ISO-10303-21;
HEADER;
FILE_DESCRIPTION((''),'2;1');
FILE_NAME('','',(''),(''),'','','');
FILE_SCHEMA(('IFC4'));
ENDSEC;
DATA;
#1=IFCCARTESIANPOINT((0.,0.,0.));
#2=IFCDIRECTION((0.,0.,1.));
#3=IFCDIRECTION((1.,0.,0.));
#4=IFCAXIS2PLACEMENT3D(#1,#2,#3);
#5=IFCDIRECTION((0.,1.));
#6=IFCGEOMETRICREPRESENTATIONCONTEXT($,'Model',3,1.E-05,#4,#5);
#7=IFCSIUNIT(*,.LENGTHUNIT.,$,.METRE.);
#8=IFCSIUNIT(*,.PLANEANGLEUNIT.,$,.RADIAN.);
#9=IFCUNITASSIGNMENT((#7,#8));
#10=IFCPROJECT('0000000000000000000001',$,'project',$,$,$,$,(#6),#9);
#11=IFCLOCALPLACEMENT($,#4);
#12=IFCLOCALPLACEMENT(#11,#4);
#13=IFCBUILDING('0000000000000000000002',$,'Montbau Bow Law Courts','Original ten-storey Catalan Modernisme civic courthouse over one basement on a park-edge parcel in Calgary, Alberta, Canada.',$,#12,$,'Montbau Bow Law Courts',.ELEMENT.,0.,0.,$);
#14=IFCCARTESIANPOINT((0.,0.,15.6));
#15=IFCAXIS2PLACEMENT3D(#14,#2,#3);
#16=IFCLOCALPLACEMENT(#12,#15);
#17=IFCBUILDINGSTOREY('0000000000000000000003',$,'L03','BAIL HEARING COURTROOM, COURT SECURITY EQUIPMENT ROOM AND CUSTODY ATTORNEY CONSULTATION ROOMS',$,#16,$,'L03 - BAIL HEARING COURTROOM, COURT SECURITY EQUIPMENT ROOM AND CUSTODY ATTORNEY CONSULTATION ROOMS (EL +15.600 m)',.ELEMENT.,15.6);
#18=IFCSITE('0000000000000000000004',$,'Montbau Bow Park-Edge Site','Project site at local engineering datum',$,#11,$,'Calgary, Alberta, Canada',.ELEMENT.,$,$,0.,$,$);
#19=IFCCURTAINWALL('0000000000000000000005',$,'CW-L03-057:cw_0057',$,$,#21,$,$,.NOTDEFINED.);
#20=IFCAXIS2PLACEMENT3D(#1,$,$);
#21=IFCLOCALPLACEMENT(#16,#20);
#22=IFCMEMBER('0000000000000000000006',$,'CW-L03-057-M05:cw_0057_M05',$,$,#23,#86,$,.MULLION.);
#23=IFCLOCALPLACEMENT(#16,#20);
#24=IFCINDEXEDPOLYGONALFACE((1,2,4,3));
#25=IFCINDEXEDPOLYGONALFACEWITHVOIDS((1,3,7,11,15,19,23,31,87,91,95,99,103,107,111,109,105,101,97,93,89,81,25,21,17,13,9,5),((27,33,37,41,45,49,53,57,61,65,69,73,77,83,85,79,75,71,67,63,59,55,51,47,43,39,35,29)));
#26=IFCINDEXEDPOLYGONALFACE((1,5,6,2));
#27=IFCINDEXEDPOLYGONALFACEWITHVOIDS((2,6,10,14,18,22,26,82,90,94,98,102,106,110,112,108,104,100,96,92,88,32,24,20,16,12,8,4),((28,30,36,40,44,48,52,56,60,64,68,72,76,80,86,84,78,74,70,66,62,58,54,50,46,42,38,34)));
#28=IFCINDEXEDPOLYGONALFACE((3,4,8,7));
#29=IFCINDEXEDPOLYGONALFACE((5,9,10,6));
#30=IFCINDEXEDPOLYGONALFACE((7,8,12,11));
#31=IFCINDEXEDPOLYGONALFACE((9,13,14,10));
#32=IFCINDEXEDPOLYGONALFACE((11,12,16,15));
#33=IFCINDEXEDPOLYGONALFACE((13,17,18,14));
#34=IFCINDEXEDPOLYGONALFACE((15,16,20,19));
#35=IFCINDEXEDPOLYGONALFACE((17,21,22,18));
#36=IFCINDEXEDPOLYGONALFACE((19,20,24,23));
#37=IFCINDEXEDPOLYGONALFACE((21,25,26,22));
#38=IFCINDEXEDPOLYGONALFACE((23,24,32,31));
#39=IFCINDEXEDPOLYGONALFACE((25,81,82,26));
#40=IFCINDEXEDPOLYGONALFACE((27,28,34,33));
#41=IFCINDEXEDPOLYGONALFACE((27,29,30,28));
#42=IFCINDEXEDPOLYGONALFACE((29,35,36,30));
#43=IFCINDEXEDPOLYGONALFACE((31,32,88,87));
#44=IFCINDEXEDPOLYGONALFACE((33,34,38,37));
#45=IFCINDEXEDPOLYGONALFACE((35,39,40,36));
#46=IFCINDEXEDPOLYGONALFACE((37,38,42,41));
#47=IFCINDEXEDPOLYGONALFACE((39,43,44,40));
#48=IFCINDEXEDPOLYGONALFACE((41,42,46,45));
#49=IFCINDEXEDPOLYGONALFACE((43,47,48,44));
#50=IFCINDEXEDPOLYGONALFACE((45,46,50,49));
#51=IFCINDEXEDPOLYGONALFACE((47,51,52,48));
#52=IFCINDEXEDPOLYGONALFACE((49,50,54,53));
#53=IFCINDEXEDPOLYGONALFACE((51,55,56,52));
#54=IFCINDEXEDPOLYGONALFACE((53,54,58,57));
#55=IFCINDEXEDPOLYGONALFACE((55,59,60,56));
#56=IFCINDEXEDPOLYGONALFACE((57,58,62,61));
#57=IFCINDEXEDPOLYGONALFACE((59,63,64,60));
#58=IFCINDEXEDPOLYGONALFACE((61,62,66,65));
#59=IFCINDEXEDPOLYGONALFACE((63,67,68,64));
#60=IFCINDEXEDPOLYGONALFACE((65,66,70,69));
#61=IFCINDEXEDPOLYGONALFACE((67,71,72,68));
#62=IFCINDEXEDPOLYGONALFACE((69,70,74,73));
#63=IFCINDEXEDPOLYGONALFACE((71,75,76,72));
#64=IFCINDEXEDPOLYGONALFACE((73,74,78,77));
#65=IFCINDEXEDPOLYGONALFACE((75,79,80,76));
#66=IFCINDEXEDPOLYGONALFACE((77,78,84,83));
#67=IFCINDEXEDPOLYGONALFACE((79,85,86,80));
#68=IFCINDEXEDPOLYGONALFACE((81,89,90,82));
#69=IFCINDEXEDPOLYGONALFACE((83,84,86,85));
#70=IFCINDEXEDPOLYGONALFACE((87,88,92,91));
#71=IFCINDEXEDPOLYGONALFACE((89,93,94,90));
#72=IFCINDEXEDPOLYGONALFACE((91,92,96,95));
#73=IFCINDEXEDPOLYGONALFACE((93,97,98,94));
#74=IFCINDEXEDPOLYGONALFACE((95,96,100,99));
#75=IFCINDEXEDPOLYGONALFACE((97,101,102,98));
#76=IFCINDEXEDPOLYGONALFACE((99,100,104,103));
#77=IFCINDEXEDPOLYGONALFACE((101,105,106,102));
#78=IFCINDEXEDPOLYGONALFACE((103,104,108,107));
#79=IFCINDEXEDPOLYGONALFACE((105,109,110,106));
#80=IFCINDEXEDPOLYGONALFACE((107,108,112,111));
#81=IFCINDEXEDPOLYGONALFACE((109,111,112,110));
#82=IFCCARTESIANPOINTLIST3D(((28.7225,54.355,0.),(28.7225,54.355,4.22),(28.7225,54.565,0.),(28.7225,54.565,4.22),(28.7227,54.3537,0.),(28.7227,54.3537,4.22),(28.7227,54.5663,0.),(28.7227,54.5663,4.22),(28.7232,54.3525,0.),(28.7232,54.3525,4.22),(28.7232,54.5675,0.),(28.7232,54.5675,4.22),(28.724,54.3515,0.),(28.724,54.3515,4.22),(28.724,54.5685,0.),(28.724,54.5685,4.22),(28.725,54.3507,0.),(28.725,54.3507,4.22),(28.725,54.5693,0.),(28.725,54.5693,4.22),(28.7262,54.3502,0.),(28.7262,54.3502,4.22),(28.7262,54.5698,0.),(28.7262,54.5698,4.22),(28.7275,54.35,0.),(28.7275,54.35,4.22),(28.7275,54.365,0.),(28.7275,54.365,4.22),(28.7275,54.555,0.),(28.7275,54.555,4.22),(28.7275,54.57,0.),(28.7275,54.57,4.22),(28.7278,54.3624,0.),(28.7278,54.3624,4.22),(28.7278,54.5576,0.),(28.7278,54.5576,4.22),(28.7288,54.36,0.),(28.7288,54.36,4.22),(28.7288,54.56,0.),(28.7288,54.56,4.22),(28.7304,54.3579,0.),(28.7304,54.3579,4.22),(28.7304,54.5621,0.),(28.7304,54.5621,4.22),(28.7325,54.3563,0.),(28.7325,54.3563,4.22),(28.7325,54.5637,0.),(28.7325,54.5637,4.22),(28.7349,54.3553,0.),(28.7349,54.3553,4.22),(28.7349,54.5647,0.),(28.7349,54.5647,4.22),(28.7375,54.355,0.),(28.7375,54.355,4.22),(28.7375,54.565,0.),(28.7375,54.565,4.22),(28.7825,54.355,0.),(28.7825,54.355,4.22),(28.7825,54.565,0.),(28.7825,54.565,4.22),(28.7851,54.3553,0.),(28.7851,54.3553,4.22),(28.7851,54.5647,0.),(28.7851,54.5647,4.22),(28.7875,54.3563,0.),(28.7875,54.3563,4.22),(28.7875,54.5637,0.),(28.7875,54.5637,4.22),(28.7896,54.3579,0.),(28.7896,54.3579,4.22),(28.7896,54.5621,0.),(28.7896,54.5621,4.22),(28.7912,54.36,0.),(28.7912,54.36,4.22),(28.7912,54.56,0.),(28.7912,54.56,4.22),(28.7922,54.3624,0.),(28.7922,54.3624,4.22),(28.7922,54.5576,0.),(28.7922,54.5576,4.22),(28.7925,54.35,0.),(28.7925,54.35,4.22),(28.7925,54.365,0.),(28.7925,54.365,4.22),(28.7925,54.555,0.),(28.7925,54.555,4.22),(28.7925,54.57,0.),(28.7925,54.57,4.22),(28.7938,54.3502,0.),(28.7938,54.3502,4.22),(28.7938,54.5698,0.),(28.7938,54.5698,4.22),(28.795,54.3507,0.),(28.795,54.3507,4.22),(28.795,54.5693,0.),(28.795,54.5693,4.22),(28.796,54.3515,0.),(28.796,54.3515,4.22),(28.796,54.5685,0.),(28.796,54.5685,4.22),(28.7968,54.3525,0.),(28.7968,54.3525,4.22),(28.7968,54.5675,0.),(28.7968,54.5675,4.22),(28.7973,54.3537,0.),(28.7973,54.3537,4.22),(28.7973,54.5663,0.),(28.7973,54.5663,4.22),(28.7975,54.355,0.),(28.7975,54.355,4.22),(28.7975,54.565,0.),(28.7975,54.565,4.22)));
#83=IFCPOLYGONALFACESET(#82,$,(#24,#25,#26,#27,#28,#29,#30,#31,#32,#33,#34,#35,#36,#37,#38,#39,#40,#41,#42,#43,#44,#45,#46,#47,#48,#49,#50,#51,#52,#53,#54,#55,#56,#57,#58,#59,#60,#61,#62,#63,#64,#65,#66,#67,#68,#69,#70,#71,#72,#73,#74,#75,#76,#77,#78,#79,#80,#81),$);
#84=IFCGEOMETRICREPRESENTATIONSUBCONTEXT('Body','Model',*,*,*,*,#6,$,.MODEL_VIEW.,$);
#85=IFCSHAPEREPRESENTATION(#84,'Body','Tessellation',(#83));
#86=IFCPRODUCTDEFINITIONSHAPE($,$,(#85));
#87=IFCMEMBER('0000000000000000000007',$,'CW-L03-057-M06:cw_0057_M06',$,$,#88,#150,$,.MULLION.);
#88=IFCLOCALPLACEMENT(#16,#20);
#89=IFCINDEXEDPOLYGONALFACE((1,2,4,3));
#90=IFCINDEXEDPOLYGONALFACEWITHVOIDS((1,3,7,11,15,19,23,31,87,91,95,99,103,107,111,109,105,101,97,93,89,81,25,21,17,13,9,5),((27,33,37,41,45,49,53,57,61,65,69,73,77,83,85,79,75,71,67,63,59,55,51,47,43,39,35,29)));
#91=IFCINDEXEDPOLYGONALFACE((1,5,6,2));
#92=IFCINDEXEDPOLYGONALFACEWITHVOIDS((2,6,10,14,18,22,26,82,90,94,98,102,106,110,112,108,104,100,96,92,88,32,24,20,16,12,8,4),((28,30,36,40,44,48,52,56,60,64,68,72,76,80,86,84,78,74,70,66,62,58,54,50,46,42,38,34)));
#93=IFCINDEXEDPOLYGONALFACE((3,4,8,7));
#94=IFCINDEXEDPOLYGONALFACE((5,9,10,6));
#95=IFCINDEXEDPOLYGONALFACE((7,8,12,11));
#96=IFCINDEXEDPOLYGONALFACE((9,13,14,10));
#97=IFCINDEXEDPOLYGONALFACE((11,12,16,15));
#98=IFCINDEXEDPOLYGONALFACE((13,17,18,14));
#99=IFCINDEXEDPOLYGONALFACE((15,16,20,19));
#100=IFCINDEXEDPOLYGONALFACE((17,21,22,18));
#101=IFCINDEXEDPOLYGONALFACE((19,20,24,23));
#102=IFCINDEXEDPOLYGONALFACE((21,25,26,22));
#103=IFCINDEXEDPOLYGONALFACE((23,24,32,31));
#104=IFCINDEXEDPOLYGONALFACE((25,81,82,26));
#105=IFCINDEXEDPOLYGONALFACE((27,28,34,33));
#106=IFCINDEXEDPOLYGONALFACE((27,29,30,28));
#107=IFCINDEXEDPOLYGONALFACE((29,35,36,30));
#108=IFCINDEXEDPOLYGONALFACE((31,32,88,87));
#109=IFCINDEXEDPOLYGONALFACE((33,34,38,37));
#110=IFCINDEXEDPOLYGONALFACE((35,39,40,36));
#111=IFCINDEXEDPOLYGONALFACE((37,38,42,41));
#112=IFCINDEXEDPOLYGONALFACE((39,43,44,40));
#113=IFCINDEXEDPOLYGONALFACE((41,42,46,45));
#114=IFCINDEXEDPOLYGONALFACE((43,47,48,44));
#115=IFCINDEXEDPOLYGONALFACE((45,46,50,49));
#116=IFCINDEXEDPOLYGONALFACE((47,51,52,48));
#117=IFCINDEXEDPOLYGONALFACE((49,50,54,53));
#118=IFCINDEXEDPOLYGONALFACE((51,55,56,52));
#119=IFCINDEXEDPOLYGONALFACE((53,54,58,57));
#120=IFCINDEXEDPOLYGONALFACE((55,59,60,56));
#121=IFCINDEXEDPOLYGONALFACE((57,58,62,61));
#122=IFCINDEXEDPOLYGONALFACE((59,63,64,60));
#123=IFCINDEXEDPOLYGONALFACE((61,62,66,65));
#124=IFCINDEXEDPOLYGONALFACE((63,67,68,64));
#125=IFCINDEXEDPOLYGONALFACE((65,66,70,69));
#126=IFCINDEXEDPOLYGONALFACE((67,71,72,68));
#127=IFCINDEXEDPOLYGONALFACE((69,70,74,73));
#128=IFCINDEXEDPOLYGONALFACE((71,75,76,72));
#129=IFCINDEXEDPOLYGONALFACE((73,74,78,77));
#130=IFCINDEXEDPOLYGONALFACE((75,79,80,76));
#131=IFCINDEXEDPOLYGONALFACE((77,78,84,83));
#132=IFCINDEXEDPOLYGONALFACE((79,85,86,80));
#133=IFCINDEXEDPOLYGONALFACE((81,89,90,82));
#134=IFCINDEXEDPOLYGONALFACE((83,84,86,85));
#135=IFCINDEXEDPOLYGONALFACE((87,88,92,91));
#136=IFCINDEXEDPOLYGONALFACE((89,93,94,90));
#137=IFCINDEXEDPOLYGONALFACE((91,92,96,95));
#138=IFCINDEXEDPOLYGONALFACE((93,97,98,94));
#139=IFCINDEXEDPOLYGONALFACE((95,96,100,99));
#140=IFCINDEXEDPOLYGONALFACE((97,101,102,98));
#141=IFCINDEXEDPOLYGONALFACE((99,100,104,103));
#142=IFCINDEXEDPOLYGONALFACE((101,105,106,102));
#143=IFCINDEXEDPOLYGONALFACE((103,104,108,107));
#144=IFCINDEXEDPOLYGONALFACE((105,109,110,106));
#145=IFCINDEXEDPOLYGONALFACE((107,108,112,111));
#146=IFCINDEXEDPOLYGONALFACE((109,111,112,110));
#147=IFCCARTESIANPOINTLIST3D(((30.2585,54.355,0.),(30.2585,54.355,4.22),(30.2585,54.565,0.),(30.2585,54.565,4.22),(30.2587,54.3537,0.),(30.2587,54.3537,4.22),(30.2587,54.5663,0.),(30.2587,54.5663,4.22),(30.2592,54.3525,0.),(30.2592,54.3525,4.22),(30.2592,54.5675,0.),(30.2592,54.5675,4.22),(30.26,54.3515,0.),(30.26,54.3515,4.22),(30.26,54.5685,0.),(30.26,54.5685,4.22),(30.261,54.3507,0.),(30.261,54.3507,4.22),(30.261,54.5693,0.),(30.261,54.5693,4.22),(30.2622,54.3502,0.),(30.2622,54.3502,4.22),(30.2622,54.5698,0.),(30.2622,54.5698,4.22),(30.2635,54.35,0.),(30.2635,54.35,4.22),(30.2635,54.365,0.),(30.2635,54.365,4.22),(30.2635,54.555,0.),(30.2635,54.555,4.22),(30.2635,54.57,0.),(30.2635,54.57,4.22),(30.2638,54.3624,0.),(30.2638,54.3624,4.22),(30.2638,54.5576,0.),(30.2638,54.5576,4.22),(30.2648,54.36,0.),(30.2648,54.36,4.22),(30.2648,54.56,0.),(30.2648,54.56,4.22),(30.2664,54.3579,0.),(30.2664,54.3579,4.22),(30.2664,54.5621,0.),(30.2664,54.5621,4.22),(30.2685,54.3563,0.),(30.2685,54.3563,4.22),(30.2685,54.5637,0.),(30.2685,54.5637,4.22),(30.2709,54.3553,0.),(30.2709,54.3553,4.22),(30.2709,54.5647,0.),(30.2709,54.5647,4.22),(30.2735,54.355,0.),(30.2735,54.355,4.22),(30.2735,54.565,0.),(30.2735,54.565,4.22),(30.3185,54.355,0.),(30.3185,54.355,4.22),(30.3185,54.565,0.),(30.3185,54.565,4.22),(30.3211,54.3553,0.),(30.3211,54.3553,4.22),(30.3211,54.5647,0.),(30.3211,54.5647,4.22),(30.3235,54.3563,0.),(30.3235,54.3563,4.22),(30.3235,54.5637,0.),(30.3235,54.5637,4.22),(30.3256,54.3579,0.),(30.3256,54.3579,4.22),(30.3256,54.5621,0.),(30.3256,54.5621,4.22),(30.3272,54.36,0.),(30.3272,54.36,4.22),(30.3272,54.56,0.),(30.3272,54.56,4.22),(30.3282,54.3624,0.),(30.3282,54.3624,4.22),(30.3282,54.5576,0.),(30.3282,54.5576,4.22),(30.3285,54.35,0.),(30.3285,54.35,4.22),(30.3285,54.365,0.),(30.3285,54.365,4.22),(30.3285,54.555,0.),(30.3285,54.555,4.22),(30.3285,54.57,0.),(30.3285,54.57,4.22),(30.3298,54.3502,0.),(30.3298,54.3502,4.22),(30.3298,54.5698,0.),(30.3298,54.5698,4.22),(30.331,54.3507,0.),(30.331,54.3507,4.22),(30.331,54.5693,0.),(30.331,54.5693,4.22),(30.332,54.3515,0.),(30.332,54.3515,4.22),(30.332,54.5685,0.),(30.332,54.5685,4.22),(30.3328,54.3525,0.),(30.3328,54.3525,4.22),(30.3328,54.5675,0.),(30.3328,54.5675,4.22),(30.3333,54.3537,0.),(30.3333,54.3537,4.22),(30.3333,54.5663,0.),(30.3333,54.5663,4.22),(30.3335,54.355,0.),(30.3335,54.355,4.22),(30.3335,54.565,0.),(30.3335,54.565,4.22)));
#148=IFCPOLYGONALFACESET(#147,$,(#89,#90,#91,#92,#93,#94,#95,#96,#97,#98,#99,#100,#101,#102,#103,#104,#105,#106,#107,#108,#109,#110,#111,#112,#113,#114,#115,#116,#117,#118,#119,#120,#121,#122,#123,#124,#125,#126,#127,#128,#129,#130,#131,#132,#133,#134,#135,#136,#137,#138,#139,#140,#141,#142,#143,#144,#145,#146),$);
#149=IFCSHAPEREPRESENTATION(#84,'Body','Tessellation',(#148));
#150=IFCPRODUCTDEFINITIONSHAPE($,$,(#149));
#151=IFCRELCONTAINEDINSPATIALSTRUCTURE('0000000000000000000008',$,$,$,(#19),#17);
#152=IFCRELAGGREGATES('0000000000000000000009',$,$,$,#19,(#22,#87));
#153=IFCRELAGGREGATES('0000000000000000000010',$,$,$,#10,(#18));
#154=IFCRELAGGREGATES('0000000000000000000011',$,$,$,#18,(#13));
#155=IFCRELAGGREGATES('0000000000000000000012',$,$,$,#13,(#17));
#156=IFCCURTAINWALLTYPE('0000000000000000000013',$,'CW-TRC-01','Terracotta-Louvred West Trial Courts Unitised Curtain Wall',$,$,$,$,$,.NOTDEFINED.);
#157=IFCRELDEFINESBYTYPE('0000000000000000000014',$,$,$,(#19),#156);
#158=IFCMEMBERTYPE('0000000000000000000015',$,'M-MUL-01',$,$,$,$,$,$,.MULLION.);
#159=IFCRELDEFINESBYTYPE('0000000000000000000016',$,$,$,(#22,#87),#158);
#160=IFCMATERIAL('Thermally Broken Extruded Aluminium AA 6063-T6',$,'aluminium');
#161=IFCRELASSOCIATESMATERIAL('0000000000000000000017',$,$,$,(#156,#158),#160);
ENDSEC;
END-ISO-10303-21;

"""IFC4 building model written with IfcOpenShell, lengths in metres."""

from ifc_helpers import new_model, si_unit, direction, frame, origin_with_axes, origin_2d_with_axis, place, context, subcontext, project, spatial, hollow_rectangle, extrude, material, material_profile, profile_set, type_object, element, aggregate, save


model = new_model("IFC4")

# Units and contexts
model_context = context("Model", 3, precision=1e-05, world=origin_with_axes(), true_north=direction((0.0, 1.0)))
body_context = subcontext(model_context, "Body", "Model", "MODEL_VIEW")
ifc_project = project(units=[si_unit("LENGTHUNIT", "METRE"), si_unit("PLANEANGLEUNIT", "RADIAN")], contexts=[model_context])

# Site, building, storey
site_placement = place(None, origin_with_axes())
site = spatial("IfcSite", under=ifc_project, at=site_placement, Name="Montbau Bow Park-Edge Site", Description="Project site at local engineering datum", LongName="Calgary, Alberta, Canada", CompositionType="ELEMENT", RefElevation=0.0)
building_placement = place(site_placement, origin_with_axes())
building = spatial("IfcBuilding", under=site, at=building_placement, Name="Montbau Bow Law Courts", Description="Original ten-storey Catalan Modernisme civic courthouse over one basement on a park-edge parcel in Calgary, Alberta, Canada.", LongName="Montbau Bow Law Courts", CompositionType="ELEMENT", ElevationOfRefHeight=0.0, ElevationOfTerrain=0.0)
storey_placement = place(building_placement, frame((0.0, 0.0, 15.6), z_axis=(0.0, 0.0, 1.0), x_axis=(1.0, 0.0, 0.0)))
storey = spatial("IfcBuildingStorey", under=building, at=storey_placement, Name="L03", Description="BAIL HEARING COURTROOM, COURT SECURITY EQUIPMENT ROOM AND CUSTODY ATTORNEY CONSULTATION ROOMS", LongName="L03 - BAIL HEARING COURTROOM, COURT SECURITY EQUIPMENT ROOM AND CUSTODY ATTORNEY CONSULTATION ROOMS (EL +15.600 m)", CompositionType="ELEMENT", Elevation=15.6)

# Curtain wall, members
ifc_material_1 = material(Name="Thermally Broken Extruded Aluminium AA 6063-T6", Category="aluminium")
curtain_wall_type = type_object("IfcCurtainWallType", Name="CW-TRC-01", Description="Terracotta-Louvred West Trial Courts Unitised Curtain Wall", PredefinedType="NOTDEFINED", material=ifc_material_1)
curtain_wall_placement = place(None, frame((22.467, 54.46, 15.6), z_axis=(0.0, 0.0, 1.0), x_axis=(1.0, 0.0, 0.0)))
curtain_wall = element("IfcCurtainWall", 1, at=curtain_wall_placement, inside=storey, type_object=curtain_wall_type, Name="CW-L03-057:cw_0057", PredefinedType="NOTDEFINED")
ifc_material_profile_1 = material_profile(ifc_material_1, hollow_rectangle(XDim=0.075, YDim=0.22, WallThickness=0.005, InnerFilletRadius=0.01, OuterFilletRadius=0.005, at=origin_2d_with_axis()), Name="CWM-220X75", Category="Main", Priority=0)
ifc_profile_set_1 = profile_set([ifc_material_profile_1], Name="Thermally Broken Extruded Aluminium AA 6063-T6")
member_type_1 = type_object("IfcMemberType", Name="M-MUL-01", PredefinedType="MULLION", material=ifc_profile_set_1)
member_1_placement = place(None, frame((28.76, 54.46, 15.6), z_axis=(0.0, 0.0, 1.0), x_axis=(1.0, 0.0, 0.0)))
member_1 = element("IfcMember", 2, at=member_1_placement, type_object=member_type_1, Name="CW-L03-057-M05:cw_0057_M05", PredefinedType="MULLION", context=body_context, shape_type="SweptSolid", body=[
    extrude(hollow_rectangle(XDim=0.075, YDim=0.22, WallThickness=0.005, InnerFilletRadius=0.01, OuterFilletRadius=0.005, at=origin_2d_with_axis()), origin_with_axes(), (0.0, 0.0, 1.0), 4.22),
])
member_2_placement = place(None, frame((30.296, 54.46, 15.6), z_axis=(0.0, 0.0, 1.0), x_axis=(1.0, 0.0, 0.0)))
member_2 = element("IfcMember", 3, at=member_2_placement, type_object=member_type_1, Name="CW-L03-057-M06:cw_0057_M06", PredefinedType="MULLION", context=body_context, shape_type="SweptSolid", body=[
    extrude(hollow_rectangle(XDim=0.075, YDim=0.22, WallThickness=0.005, InnerFilletRadius=0.01, OuterFilletRadius=0.005, at=origin_2d_with_axis()), origin_with_axes(), (0.0, 0.0, 1.0), 4.22),
])
aggregate(curtain_wall, [member_1, member_2])

save(model, "model.ifc")
